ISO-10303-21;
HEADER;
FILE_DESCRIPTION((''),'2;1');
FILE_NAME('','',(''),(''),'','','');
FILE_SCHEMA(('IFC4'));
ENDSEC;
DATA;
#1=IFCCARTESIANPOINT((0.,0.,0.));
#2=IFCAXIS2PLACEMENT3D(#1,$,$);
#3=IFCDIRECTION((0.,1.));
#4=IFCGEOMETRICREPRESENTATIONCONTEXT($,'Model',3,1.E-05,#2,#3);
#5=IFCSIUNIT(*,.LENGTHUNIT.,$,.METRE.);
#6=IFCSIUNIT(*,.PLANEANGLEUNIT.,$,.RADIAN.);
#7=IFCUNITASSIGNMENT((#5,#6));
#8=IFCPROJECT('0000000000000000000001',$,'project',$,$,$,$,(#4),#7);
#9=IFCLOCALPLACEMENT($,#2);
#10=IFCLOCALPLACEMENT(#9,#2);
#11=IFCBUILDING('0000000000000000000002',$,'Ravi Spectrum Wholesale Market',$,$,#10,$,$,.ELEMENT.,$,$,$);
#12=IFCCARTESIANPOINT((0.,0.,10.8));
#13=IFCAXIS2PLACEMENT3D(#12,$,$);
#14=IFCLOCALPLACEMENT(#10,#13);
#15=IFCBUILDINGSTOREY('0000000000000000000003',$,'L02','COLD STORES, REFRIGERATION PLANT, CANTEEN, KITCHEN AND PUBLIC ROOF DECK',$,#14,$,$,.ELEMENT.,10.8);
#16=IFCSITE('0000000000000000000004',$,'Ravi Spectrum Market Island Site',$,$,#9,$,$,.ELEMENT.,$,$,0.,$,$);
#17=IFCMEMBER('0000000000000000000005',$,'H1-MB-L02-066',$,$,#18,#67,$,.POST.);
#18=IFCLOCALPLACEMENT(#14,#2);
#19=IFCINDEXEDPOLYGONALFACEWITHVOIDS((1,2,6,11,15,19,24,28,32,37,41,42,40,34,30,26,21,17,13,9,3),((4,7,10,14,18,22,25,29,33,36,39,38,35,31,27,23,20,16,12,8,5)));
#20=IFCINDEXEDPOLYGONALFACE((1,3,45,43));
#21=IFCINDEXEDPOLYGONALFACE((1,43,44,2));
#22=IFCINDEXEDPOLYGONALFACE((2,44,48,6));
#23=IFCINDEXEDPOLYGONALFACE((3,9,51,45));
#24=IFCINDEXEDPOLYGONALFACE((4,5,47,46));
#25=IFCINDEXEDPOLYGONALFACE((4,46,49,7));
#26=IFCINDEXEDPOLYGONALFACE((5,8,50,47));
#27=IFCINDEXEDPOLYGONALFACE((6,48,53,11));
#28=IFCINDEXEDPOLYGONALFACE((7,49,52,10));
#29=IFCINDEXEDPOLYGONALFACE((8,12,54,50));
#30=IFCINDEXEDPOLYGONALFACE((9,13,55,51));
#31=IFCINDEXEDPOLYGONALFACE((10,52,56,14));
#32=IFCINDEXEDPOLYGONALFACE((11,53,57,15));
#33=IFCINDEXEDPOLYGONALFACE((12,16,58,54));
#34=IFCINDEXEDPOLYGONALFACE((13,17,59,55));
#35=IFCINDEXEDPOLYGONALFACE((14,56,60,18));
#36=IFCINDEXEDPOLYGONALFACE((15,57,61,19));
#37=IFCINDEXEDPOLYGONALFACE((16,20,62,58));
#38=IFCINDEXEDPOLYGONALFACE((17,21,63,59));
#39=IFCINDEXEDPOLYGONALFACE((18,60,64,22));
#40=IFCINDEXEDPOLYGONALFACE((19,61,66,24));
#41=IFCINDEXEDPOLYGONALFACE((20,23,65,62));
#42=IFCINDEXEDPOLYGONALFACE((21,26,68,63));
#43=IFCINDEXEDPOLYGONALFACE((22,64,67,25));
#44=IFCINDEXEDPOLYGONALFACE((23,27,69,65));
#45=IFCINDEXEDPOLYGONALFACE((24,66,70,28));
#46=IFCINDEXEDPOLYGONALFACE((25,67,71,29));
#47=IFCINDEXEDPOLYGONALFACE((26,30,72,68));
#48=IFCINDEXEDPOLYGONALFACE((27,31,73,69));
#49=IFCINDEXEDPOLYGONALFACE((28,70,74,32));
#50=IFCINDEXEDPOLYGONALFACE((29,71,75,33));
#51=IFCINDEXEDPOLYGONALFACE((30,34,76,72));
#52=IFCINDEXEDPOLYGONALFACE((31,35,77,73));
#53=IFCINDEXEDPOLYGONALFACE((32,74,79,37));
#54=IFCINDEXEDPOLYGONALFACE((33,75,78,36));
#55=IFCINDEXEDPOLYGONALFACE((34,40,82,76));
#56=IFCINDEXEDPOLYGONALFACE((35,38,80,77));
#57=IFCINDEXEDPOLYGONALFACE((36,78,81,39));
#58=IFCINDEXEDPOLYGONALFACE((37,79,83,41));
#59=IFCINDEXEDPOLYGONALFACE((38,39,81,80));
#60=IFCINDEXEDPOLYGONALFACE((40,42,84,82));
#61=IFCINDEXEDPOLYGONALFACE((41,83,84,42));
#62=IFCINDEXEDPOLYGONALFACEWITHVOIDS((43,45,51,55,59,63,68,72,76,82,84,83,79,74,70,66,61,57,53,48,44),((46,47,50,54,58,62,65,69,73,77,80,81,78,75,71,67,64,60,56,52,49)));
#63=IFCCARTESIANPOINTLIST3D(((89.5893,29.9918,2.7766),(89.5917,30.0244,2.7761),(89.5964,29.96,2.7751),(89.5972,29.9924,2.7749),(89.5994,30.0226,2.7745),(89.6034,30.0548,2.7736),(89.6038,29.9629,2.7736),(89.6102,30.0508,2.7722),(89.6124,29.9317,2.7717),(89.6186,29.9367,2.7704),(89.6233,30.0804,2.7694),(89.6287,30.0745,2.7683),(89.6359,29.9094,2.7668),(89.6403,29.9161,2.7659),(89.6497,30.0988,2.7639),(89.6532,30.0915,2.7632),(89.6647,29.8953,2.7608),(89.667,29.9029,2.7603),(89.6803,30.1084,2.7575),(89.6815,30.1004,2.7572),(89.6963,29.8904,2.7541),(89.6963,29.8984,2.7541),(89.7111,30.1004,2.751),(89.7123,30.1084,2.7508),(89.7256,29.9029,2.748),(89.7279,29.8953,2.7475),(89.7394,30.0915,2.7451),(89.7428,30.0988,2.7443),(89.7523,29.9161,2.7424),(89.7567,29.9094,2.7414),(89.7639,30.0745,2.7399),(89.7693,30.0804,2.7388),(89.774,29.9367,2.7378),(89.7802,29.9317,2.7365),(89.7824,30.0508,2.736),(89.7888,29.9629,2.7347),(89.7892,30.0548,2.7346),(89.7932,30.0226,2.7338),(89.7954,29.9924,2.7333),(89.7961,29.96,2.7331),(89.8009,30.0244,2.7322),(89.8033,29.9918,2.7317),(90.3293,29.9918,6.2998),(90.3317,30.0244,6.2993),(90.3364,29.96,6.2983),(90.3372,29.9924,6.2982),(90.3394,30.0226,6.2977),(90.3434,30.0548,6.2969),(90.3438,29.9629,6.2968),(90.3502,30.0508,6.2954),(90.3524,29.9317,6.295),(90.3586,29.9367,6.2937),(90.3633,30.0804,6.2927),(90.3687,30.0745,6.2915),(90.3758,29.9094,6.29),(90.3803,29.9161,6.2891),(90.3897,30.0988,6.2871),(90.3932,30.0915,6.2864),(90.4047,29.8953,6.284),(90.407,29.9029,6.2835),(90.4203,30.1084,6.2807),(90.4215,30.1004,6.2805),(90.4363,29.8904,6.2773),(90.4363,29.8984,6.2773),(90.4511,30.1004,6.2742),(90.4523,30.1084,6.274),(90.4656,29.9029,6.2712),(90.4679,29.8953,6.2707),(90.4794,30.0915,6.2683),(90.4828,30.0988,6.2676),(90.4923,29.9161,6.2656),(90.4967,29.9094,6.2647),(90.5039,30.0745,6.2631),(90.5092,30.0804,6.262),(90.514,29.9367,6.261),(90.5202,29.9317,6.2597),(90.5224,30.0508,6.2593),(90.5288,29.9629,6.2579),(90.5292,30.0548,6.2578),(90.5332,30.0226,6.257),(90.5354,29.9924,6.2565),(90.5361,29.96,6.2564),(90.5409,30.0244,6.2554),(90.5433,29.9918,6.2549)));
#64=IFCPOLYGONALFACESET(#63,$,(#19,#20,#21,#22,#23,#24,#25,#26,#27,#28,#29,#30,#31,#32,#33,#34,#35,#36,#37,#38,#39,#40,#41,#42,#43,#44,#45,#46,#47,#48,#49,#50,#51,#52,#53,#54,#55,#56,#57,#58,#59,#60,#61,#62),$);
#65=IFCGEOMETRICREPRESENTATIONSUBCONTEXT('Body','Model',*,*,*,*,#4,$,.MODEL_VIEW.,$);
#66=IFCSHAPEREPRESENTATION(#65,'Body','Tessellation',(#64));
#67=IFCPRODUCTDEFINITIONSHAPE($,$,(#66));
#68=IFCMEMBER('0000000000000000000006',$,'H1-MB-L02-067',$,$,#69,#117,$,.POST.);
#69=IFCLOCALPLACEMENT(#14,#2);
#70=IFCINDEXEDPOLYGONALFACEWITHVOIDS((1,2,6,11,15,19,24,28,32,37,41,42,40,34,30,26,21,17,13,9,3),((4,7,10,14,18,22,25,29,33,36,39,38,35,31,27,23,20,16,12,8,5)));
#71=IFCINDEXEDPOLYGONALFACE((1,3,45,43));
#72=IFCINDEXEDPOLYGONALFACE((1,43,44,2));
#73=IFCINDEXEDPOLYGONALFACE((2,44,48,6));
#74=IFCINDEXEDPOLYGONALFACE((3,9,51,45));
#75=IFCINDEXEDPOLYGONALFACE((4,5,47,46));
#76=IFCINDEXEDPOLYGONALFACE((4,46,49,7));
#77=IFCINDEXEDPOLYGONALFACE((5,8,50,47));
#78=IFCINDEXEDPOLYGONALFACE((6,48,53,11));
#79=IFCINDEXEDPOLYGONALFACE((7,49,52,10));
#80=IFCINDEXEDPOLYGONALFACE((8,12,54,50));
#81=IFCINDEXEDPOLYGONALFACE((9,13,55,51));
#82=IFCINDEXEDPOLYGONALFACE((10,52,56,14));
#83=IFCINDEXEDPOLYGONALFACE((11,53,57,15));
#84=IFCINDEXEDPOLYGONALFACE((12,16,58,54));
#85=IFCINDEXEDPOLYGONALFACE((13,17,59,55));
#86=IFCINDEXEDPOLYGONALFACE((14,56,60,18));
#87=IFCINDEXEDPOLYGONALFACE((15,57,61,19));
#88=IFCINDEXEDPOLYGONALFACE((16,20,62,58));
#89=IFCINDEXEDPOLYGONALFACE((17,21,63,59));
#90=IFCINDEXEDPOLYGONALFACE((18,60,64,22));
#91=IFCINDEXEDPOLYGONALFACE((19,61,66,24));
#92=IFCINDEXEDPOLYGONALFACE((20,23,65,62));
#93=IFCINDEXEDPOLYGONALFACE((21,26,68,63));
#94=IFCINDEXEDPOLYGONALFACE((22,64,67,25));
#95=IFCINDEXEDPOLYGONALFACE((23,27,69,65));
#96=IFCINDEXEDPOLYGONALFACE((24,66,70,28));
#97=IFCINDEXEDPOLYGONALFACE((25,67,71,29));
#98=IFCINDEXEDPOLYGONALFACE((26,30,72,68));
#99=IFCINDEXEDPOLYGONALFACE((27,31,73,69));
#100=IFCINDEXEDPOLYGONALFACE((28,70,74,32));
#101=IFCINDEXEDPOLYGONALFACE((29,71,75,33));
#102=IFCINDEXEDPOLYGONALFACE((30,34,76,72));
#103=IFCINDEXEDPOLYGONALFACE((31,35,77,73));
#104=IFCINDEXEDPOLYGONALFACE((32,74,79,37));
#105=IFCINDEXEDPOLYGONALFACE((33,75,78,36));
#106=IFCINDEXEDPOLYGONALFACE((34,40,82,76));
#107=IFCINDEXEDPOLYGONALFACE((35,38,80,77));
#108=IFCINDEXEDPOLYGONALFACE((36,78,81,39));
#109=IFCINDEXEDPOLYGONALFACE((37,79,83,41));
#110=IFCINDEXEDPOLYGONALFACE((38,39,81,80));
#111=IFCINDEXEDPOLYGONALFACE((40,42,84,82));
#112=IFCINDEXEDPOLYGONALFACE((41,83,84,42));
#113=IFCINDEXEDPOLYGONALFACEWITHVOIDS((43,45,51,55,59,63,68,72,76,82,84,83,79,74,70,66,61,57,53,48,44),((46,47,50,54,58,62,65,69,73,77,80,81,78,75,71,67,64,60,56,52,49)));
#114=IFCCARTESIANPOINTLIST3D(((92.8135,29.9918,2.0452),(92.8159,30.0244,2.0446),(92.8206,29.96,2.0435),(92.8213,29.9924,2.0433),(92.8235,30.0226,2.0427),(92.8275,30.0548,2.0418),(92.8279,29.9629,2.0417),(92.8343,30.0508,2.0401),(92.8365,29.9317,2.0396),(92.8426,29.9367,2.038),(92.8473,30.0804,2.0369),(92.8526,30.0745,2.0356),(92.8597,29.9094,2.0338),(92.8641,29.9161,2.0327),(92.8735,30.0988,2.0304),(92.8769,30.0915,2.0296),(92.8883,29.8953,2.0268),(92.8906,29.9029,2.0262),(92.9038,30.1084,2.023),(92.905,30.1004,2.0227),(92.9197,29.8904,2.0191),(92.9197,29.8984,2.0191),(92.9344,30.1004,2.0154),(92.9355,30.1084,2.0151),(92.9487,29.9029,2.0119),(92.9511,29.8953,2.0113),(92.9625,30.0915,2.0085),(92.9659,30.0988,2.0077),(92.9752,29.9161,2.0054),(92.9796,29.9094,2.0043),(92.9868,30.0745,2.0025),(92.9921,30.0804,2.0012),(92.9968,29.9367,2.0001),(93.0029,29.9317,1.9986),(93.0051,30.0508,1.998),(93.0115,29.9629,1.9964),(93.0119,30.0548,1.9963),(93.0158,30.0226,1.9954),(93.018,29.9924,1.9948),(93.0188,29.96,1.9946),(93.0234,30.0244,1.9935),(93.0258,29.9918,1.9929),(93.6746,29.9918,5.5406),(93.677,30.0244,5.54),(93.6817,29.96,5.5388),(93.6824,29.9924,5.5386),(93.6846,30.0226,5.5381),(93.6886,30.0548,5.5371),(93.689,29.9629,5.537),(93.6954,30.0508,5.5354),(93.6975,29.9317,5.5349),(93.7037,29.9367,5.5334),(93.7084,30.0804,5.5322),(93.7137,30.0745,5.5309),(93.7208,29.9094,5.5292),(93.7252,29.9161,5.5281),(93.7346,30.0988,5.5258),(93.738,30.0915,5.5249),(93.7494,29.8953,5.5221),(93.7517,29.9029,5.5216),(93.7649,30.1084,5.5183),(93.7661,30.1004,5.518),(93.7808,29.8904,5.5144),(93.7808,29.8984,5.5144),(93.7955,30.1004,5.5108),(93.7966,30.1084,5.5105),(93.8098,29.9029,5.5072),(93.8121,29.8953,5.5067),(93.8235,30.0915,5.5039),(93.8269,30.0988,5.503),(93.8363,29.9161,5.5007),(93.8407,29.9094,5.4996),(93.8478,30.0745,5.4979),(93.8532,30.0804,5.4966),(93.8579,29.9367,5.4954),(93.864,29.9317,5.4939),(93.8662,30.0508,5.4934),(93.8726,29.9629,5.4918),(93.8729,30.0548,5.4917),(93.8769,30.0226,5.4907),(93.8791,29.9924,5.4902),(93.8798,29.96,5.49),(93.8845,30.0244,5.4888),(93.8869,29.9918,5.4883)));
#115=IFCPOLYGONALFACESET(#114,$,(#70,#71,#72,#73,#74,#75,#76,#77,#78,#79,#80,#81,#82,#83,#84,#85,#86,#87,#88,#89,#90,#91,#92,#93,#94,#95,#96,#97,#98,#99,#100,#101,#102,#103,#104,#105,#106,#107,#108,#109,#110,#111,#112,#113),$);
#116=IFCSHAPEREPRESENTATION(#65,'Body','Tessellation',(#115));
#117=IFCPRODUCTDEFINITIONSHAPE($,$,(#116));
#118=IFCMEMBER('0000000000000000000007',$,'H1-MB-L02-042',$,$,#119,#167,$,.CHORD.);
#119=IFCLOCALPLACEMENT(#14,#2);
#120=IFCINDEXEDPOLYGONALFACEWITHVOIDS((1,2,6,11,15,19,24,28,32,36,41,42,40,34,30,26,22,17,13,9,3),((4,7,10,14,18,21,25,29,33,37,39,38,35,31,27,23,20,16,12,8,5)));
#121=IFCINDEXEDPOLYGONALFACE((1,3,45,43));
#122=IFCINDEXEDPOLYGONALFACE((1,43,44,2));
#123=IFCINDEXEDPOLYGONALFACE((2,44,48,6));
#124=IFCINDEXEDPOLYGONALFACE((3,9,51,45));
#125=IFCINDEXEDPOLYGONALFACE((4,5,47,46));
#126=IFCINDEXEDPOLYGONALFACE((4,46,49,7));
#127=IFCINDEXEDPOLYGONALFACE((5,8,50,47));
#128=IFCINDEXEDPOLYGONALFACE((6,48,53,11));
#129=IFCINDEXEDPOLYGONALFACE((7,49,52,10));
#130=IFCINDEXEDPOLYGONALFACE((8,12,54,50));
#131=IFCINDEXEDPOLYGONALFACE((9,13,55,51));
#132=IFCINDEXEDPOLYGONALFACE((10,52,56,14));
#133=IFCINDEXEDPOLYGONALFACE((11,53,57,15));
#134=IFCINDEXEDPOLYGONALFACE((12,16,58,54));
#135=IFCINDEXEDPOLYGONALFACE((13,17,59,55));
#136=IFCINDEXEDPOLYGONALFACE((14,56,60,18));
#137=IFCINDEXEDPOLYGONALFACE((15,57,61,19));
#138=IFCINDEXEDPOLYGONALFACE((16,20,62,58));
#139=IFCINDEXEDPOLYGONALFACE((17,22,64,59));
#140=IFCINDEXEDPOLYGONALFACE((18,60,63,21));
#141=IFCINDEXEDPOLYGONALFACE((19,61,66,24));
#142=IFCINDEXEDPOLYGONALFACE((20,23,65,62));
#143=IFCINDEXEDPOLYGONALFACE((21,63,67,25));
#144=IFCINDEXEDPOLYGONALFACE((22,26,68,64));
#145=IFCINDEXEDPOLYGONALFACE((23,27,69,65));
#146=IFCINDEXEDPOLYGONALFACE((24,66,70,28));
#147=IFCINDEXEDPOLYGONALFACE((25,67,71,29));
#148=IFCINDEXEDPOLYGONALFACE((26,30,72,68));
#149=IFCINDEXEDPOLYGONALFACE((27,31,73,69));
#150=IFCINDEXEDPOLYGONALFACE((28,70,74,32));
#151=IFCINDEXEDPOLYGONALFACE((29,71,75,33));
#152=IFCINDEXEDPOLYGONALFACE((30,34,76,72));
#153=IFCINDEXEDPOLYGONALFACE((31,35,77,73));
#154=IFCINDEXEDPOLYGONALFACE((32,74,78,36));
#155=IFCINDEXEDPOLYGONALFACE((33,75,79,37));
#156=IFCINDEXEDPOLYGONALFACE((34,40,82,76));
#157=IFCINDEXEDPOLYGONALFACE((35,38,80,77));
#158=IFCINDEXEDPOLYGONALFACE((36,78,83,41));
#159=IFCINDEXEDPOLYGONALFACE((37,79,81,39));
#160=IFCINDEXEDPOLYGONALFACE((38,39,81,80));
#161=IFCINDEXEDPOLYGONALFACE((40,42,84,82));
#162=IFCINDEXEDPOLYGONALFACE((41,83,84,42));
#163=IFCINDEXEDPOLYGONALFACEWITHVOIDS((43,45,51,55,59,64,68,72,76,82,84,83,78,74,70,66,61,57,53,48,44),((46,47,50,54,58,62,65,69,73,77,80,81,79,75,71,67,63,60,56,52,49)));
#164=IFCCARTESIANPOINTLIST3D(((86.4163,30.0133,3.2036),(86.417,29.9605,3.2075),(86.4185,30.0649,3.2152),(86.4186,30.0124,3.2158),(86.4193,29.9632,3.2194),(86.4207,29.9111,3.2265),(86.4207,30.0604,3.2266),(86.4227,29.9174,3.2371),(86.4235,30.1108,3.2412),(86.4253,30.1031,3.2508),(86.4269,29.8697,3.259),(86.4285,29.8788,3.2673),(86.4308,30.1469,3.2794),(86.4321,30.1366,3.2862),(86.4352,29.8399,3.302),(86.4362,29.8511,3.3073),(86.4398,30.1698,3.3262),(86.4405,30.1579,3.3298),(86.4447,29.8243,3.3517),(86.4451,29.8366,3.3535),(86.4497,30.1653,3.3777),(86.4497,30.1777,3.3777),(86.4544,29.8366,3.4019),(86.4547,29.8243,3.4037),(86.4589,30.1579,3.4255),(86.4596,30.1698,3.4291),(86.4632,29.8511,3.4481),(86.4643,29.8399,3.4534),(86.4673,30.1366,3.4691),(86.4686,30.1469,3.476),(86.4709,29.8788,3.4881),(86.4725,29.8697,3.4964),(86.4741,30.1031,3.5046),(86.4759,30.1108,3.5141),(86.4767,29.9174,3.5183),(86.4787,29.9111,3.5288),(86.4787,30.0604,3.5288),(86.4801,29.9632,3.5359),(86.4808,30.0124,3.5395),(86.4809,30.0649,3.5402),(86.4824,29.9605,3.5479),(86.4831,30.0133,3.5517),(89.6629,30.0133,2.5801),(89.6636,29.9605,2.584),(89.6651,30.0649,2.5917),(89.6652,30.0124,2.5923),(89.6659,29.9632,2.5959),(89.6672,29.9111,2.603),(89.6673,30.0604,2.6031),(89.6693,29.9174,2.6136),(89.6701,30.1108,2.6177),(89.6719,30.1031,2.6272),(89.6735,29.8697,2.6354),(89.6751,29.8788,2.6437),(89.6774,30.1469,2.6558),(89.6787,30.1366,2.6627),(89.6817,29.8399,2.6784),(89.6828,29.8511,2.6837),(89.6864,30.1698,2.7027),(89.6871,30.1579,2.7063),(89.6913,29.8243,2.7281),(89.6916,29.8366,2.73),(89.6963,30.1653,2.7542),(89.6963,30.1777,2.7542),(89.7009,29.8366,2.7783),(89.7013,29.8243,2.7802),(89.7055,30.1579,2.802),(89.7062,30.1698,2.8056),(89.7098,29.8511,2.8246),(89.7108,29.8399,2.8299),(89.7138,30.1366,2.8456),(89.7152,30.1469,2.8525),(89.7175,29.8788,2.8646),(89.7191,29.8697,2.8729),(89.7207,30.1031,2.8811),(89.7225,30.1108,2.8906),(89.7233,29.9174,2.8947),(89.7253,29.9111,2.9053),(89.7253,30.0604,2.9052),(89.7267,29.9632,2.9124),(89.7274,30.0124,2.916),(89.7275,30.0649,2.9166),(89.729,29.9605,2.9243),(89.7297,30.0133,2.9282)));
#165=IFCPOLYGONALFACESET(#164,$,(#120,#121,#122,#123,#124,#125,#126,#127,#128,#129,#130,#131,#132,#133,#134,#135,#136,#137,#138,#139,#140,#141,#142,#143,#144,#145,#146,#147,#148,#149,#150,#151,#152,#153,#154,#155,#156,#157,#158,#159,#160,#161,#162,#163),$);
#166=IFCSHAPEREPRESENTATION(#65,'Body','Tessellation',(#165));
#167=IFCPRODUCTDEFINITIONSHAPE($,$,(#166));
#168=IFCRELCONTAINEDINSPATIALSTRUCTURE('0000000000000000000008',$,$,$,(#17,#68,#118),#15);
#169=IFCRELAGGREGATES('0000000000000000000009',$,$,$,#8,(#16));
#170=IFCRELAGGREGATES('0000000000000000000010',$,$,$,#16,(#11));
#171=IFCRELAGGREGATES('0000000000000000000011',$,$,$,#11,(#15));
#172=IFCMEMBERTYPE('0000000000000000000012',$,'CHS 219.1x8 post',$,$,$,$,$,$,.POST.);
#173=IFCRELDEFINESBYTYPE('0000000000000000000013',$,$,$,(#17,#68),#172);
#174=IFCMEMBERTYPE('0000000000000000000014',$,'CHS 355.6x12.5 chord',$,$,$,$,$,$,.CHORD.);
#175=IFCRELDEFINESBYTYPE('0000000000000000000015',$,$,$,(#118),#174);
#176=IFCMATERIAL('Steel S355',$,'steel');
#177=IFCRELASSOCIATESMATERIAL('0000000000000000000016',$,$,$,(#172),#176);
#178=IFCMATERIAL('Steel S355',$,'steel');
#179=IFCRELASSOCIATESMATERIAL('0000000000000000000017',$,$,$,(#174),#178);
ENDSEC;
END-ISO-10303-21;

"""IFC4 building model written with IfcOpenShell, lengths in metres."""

from ifc_helpers import new_model, si_unit, direction, frame, origin, origin_2d, place, context, subcontext, project, spatial, hollow_circle, extrude, material, material_profile, profile_set, type_object, element, save


model = new_model("IFC4")

# Units and contexts
model_context = context("Model", 3, precision=1e-05, world=origin(), true_north=direction((0.0, 1.0)))
body_context = subcontext(model_context, "Body", "Model", "MODEL_VIEW")
ifc_project = project(units=[si_unit("LENGTHUNIT", "METRE"), si_unit("PLANEANGLEUNIT", "RADIAN")], contexts=[model_context])

# Site, building, storey
site_placement = place(None, origin())
site = spatial("IfcSite", under=ifc_project, at=site_placement, Name="Ravi Spectrum Market Island Site", CompositionType="ELEMENT", RefElevation=0.0)
building_placement = place(site_placement, origin())
building = spatial("IfcBuilding", under=site, at=building_placement, Name="Ravi Spectrum Wholesale Market", CompositionType="ELEMENT")
storey_placement = place(building_placement, frame((0.0, 0.0, 10.8)))
storey = spatial("IfcBuildingStorey", under=building, at=storey_placement, Name="L02", Description="COLD STORES, REFRIGERATION PLANT, CANTEEN, KITCHEN AND PUBLIC ROOF DECK", CompositionType="ELEMENT", Elevation=10.8)

# Members
ifc_material_1 = material(Name="Steel S355", Category="steel")
ifc_material_profile_1 = material_profile(ifc_material_1, hollow_circle(Radius=0.1096, WallThickness=0.0081, at=origin_2d()))
ifc_profile_set_1 = profile_set([ifc_material_profile_1], Name="Steel S355")
member_type_1 = type_object("IfcMemberType", Name="CHS 219.1x8 post", PredefinedType="POST", material=ifc_profile_set_1)
for number, where, z_axis, x_axis, name in (
    (1, (90.4363, 30.0, 6.2773), (-0.205549, 0.0, -0.978647), (0.0, -1.0, 0.0), "H1-MB-L02-066"),
):
    element("IfcMember", number, at=place(storey_placement, frame(where, z_axis=z_axis, x_axis=x_axis)), inside=storey, type_object=member_type_1, Name=name, PredefinedType="POST", context=body_context, shape_type="SweptSolid", body=[
        extrude(hollow_circle(Radius=0.1096, WallThickness=0.0081, at=origin_2d()), origin(), (0.0, 0.0, 1.0), 3.6001),
    ])
member_1_placement = place(storey_placement, frame((93.7808, 30.0, 5.5144), z_axis=(-0.239199, 0.0, -0.970971), x_axis=(0.0, -1.0, 0.0)))
element("IfcMember", 2, at=member_1_placement, inside=storey, type_object=member_type_1, Name="H1-MB-L02-067", PredefinedType="POST", context=body_context, shape_type="SweptSolid", body=[
    extrude(hollow_circle(Radius=0.1096, WallThickness=0.0081, at=origin_2d()), origin(), (0.0, 0.0, 1.0), 3.5999),
])
ifc_material_2 = material(Name="Steel S355", Category="steel")
ifc_material_profile_2 = material_profile(ifc_material_2, hollow_circle(Radius=0.1777, WallThickness=0.0125, at=origin_2d()))
ifc_profile_set_2 = profile_set([ifc_material_profile_2], Name="Steel S355")
member_type_2 = type_object("IfcMemberType", Name="CHS 355.6x12.5 chord", PredefinedType="CHORD", material=ifc_profile_set_2)
member_2_placement = place(storey_placement, frame((86.4497, 30.0, 3.3777), z_axis=(0.982052, 0.0, -0.188612), x_axis=(0.0, 1.0, 0.0)))
element("IfcMember", 3, at=member_2_placement, inside=storey, type_object=member_type_2, Name="H1-MB-L02-042", PredefinedType="CHORD", context=body_context, shape_type="SweptSolid", body=[
    extrude(hollow_circle(Radius=0.1777, WallThickness=0.0125, at=origin_2d()), origin(), (0.0, 0.0, 1.0), 3.3059),
])

save(model, "model.ifc")
